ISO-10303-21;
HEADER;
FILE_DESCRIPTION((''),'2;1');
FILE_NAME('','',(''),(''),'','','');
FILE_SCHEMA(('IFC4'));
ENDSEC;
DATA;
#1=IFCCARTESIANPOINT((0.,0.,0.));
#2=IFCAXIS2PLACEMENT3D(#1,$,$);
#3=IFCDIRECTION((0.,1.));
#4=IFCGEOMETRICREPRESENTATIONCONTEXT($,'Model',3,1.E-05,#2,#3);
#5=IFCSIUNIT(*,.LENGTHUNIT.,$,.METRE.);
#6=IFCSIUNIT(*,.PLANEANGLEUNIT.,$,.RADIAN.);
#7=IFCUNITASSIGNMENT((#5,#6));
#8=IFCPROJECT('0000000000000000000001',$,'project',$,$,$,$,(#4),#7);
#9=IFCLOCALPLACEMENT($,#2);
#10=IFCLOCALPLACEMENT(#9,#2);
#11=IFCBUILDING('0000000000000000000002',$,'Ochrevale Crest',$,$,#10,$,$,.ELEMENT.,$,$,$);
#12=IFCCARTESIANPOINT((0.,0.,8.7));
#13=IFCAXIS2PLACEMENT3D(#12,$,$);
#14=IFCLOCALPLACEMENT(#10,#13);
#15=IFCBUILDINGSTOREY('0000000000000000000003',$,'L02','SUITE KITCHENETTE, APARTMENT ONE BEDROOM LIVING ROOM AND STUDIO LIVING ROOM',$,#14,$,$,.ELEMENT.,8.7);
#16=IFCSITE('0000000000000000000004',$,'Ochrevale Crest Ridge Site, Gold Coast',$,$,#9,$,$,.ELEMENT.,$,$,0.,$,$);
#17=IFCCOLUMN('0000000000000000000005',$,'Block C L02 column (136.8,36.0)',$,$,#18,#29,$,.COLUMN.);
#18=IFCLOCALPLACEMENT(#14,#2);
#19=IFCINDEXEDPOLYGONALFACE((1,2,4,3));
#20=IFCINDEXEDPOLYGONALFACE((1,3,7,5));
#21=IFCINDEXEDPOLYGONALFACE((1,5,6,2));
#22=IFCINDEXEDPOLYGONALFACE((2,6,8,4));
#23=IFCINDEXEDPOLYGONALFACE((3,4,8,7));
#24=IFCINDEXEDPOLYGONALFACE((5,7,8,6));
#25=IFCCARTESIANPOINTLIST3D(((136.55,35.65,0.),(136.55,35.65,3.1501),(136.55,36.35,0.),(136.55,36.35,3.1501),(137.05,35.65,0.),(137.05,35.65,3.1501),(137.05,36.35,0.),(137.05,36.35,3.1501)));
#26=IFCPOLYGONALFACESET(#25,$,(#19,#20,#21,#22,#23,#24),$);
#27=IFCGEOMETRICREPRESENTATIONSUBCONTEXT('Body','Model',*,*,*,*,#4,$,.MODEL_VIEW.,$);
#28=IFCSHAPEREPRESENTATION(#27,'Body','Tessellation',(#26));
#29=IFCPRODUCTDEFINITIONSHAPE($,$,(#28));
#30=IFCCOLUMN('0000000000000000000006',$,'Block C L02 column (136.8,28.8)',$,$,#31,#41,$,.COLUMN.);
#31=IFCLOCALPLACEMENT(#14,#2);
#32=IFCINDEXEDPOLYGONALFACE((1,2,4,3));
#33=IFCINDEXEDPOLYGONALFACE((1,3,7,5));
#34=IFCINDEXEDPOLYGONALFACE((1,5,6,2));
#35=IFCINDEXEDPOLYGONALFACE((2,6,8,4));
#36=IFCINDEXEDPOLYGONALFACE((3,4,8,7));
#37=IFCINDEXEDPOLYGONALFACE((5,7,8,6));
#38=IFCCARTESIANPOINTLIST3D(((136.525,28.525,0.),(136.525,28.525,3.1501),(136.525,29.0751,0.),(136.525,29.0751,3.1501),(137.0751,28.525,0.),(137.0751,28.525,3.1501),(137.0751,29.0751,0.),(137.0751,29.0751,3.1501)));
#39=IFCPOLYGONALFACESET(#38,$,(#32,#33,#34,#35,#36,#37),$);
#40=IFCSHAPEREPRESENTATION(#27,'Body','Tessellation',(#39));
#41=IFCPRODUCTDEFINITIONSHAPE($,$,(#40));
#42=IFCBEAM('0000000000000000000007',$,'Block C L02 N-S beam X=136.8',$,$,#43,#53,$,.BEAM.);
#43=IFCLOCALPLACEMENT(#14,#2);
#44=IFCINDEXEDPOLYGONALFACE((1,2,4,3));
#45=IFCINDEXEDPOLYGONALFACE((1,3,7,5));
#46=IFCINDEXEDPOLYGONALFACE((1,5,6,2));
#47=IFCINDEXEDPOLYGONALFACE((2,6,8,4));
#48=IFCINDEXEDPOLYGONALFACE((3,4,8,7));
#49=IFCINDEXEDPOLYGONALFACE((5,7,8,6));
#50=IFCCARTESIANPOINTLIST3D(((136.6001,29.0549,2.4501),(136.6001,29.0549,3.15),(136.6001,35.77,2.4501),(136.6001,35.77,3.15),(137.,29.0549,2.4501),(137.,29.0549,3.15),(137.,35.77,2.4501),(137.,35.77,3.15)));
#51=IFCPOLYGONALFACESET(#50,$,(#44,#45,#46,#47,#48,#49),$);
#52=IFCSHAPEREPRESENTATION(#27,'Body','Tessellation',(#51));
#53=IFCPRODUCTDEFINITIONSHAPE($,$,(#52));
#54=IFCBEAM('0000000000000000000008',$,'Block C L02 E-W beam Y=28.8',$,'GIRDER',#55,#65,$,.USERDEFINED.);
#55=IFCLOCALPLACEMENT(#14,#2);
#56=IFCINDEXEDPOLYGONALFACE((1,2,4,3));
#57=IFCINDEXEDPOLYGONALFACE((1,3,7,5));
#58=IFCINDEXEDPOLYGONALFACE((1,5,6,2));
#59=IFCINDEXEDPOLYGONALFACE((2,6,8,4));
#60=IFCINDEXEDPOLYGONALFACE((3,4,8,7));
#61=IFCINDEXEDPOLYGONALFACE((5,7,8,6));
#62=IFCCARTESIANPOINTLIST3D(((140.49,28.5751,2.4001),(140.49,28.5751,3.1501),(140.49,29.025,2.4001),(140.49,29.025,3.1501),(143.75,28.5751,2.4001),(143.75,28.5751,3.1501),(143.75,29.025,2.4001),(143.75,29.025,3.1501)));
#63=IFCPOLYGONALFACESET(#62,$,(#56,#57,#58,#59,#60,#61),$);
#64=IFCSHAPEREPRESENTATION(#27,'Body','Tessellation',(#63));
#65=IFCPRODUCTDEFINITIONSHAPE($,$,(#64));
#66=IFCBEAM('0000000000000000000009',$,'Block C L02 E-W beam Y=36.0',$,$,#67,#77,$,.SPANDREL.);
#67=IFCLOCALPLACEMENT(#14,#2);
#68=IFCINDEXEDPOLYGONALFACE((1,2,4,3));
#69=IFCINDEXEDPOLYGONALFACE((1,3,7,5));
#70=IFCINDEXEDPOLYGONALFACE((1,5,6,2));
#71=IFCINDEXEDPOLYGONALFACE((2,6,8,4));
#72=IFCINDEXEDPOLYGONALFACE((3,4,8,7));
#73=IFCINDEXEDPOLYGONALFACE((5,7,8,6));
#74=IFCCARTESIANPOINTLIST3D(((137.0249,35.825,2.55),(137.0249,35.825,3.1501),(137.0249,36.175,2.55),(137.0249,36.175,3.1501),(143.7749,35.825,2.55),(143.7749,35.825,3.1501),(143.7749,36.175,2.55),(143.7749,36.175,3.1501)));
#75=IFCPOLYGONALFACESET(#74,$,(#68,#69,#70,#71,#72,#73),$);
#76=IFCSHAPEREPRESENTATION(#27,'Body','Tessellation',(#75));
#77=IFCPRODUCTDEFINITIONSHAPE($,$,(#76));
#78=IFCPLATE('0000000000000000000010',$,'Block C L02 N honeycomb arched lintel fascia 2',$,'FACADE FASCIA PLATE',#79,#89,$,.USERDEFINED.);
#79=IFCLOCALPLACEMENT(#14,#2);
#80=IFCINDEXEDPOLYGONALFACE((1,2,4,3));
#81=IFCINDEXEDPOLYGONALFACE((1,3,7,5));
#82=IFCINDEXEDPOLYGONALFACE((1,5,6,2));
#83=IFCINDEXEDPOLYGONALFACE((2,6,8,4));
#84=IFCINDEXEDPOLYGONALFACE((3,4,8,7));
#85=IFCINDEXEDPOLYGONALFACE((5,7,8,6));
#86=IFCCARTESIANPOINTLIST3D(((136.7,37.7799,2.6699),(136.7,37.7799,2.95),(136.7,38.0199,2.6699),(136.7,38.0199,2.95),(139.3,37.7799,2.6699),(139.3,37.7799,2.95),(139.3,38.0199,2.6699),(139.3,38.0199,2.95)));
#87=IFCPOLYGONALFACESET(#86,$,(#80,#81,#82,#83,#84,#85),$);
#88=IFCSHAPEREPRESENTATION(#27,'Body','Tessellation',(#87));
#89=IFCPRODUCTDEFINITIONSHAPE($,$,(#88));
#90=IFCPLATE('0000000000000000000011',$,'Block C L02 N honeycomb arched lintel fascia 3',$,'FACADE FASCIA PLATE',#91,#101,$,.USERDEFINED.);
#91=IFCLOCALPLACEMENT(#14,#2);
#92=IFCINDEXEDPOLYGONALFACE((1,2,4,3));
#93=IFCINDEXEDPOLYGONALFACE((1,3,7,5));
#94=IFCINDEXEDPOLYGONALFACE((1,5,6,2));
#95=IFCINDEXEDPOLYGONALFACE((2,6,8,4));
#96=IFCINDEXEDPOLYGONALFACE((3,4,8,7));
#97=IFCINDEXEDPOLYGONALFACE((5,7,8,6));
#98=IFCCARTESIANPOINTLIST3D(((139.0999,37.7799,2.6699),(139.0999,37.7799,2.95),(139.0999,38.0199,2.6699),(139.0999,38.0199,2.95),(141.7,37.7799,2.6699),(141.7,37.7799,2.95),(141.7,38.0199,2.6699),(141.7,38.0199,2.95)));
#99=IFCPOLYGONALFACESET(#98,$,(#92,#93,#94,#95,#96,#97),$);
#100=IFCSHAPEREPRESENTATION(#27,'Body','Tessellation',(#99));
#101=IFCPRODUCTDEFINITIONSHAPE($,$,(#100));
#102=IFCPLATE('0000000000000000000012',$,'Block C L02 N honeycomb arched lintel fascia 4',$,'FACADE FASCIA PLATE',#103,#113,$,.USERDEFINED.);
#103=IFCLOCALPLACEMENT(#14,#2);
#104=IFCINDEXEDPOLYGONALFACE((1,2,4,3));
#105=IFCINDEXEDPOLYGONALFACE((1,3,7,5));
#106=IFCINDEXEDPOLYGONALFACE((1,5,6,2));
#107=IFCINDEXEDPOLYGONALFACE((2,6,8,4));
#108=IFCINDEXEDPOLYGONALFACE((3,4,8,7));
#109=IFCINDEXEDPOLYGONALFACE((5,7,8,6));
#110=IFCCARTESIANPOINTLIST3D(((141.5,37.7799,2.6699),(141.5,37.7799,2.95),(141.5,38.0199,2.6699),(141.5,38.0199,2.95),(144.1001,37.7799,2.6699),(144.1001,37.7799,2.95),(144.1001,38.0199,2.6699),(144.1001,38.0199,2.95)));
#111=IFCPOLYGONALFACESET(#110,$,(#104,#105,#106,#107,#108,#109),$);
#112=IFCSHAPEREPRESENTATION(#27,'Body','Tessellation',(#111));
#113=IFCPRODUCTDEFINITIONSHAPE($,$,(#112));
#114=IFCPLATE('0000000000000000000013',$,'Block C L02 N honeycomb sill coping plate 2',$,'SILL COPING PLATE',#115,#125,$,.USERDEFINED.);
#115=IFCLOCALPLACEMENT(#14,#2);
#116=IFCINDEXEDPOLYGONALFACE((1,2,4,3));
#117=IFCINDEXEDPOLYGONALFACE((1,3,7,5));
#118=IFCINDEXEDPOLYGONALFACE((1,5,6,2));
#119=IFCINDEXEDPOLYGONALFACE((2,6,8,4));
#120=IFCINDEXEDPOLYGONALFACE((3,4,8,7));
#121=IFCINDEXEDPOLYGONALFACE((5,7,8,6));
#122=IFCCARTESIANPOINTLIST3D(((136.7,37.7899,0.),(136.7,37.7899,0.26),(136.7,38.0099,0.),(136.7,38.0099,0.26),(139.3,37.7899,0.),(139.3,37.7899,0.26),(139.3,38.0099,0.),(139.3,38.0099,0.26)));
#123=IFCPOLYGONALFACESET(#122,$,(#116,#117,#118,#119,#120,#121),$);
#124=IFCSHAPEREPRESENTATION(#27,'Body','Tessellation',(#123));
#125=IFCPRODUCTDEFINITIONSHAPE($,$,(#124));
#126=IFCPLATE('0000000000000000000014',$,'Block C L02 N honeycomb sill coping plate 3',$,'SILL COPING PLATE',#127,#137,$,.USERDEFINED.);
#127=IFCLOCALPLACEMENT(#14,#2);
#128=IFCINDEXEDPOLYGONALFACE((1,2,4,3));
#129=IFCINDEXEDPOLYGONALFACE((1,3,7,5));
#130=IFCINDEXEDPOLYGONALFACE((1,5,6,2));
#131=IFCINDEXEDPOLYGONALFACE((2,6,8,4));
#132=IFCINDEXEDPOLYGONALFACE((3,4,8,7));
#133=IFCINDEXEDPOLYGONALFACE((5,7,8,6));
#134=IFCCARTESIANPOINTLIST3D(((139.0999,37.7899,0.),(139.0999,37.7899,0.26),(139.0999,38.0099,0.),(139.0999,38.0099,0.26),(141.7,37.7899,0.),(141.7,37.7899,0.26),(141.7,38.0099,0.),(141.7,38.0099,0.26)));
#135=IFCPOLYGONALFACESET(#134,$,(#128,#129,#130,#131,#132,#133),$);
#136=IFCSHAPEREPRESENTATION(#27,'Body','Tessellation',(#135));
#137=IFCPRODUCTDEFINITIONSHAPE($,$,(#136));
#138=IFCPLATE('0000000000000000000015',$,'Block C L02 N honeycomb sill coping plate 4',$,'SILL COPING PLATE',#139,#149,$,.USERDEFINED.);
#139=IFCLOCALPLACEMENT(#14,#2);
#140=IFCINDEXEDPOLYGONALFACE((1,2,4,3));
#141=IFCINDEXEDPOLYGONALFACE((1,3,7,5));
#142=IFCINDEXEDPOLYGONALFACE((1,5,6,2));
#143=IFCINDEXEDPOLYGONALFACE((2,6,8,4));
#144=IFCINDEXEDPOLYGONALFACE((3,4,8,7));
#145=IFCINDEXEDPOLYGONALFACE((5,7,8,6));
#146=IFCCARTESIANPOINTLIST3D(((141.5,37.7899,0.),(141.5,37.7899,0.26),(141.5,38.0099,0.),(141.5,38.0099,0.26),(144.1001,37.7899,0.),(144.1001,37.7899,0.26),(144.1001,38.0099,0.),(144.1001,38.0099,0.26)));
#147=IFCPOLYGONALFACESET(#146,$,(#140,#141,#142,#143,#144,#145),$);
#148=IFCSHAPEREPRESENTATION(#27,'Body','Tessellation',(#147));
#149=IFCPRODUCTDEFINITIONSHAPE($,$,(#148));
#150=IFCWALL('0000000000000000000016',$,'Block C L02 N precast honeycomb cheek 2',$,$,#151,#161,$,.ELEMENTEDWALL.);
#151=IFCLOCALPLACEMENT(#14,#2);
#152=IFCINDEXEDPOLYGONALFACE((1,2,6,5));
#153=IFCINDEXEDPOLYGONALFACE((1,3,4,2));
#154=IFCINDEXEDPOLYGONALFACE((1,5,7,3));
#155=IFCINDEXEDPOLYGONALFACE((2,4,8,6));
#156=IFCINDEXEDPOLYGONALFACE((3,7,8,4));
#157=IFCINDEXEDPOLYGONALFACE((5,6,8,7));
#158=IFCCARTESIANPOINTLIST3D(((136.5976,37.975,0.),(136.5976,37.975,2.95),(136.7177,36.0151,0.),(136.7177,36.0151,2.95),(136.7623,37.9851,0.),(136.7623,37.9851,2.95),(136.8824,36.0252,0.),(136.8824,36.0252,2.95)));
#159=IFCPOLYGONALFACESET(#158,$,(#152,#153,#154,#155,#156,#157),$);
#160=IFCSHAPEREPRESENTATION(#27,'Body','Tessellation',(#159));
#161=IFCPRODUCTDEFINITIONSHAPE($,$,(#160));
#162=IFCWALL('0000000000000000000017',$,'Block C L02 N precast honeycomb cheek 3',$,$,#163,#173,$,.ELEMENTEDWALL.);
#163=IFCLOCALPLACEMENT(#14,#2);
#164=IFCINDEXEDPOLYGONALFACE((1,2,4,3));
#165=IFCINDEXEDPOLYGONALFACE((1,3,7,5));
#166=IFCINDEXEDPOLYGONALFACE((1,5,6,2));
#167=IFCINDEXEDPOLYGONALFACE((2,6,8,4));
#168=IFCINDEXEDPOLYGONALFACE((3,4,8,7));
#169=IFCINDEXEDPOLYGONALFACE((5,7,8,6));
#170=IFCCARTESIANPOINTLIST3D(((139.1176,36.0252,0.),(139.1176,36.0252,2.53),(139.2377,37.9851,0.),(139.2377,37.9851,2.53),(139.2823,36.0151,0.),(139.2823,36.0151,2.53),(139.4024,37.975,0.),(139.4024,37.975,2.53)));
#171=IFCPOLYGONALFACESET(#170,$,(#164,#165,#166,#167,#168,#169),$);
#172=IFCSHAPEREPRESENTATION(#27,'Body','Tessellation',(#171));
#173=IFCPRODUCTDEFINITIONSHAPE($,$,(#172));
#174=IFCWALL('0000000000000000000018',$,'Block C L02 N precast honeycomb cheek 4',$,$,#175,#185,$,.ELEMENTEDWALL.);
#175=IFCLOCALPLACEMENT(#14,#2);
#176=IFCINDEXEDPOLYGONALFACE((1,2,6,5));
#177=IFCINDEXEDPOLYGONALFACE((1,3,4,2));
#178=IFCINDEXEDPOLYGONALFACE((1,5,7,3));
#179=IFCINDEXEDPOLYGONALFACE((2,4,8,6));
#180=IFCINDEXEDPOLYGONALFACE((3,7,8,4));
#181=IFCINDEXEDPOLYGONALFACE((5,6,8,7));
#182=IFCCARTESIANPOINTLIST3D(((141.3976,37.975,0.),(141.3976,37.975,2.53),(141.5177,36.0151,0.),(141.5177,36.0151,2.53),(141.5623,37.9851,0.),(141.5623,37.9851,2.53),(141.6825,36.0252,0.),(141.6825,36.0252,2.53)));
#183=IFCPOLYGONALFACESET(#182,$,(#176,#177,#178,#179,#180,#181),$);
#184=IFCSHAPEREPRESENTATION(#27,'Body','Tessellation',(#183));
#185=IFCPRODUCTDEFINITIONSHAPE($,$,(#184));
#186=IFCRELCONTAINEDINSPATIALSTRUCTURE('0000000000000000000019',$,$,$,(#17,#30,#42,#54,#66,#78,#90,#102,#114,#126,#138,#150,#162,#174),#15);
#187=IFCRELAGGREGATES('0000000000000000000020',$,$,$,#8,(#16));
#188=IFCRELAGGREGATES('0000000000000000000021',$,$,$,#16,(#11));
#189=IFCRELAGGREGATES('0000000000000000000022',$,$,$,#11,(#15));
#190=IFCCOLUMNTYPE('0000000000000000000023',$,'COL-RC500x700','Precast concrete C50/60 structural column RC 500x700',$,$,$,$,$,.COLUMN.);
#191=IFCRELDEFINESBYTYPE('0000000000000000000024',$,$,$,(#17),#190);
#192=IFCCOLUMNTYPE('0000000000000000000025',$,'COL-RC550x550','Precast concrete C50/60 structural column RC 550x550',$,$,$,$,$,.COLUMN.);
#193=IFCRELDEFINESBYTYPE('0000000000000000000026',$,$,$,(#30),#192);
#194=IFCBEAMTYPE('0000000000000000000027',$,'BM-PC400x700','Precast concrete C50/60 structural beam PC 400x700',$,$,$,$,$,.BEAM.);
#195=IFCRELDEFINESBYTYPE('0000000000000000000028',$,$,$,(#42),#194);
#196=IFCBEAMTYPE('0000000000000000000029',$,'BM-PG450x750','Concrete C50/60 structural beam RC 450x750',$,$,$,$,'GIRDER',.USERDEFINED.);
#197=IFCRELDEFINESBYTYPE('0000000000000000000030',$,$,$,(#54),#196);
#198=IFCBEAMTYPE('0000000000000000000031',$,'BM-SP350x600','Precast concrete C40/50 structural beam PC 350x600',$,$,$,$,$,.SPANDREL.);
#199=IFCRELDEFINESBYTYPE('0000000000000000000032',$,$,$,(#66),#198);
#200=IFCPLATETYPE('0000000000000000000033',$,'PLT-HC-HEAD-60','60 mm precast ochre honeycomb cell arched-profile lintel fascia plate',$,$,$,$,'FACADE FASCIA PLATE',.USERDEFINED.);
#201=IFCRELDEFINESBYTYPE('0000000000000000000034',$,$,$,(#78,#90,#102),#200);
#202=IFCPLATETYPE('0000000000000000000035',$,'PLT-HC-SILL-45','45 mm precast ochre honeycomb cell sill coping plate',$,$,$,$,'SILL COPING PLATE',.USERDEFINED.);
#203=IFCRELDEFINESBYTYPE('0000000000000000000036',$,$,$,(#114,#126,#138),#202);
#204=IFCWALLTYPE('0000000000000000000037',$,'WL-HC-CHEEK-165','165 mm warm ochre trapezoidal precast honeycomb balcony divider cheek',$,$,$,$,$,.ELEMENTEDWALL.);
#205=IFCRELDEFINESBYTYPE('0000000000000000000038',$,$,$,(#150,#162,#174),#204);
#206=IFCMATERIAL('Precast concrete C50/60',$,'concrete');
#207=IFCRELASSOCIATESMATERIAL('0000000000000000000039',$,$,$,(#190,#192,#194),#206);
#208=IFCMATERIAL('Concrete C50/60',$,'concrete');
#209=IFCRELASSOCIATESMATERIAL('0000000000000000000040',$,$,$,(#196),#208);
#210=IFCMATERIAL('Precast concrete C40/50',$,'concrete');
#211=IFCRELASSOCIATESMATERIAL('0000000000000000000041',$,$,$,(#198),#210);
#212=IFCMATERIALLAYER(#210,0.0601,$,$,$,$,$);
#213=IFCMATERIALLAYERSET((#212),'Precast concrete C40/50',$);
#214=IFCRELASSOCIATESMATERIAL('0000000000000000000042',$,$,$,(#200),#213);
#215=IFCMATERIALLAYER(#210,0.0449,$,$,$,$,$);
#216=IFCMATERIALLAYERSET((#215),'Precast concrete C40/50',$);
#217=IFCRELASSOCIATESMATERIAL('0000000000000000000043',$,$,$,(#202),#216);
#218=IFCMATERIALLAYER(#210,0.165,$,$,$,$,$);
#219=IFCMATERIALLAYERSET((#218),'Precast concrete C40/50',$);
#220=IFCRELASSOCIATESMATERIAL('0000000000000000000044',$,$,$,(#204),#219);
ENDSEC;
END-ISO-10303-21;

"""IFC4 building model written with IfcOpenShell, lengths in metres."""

from ifc_helpers import new_model, si_unit, direction, frame, frame_2d, origin, origin_2d, place, context, subcontext, project, spatial, rectangle, extrude, material, layer, layer_set, material_profile, profile_set, type_object, element, save


model = new_model("IFC4")

# Units and contexts
model_context = context("Model", 3, precision=1e-05, world=origin(), true_north=direction((0.0, 1.0)))
body_context = subcontext(model_context, "Body", "Model", "MODEL_VIEW")
ifc_project = project(units=[si_unit("LENGTHUNIT", "METRE"), si_unit("PLANEANGLEUNIT", "RADIAN")], contexts=[model_context])

# Site, building, storey
site_placement = place(None, origin())
site = spatial("IfcSite", under=ifc_project, at=site_placement, Name="Ochrevale Crest Ridge Site, Gold Coast", CompositionType="ELEMENT", RefElevation=0.0)
building_placement = place(site_placement, origin())
building = spatial("IfcBuilding", under=site, at=building_placement, Name="Ochrevale Crest", CompositionType="ELEMENT")
storey_placement = place(building_placement, frame((0.0, 0.0, 8.7)))
storey = spatial("IfcBuildingStorey", under=building, at=storey_placement, Name="L02", Description="SUITE KITCHENETTE, APARTMENT ONE BEDROOM LIVING ROOM AND STUDIO LIVING ROOM", CompositionType="ELEMENT", Elevation=8.7)

# Columns
ifc_material_1 = material(Name="Precast concrete C50/60", Category="concrete")
ifc_material_profile_1 = material_profile(ifc_material_1, rectangle(XDim=0.5, YDim=0.7, at=origin_2d()), Name="RC 500x700")
ifc_profile_set_1 = profile_set([ifc_material_profile_1], Name="Precast concrete C50/60")
column_type_1 = type_object("IfcColumnType", Name="COL-RC500x700", Description="Precast concrete C50/60 structural column RC 500x700", PredefinedType="COLUMN", material=ifc_profile_set_1)
column_1_placement = place(storey_placement, frame((136.8, 36.0, 0.0), z_axis=(0.0, 0.0, 1.0), x_axis=(1.0, 0.0, 0.0)))
element("IfcColumn", 1, at=column_1_placement, inside=storey, type_object=column_type_1, Name="Block C L02 column (136.8,36.0)", PredefinedType="COLUMN", context=body_context, shape_type="SweptSolid", body=[
    extrude(rectangle(XDim=0.5, YDim=0.7, at=origin_2d()), origin(), (0.0, 0.0, 1.0), 3.1501),
])
ifc_material_profile_2 = material_profile(ifc_material_1, rectangle(XDim=0.55, YDim=0.55, at=origin_2d()), Name="RC 550x550")
ifc_profile_set_2 = profile_set([ifc_material_profile_2], Name="Precast concrete C50/60")
column_type_2 = type_object("IfcColumnType", Name="COL-RC550x550", Description="Precast concrete C50/60 structural column RC 550x550", PredefinedType="COLUMN", material=ifc_profile_set_2)
column_2_placement = place(storey_placement, frame((136.8, 28.8, 0.0), z_axis=(0.0, 0.0, 1.0), x_axis=(1.0, 0.0, 0.0)))
element("IfcColumn", 2, at=column_2_placement, inside=storey, type_object=column_type_2, Name="Block C L02 column (136.8,28.8)", PredefinedType="COLUMN", context=body_context, shape_type="SweptSolid", body=[
    extrude(rectangle(XDim=0.55, YDim=0.55, at=origin_2d()), origin(), (0.0, 0.0, 1.0), 3.1501),
])

# Beams
ifc_material_profile_3 = material_profile(ifc_material_1, rectangle(XDim=0.3999, YDim=0.7, at=origin_2d()), Name="PC 400x700")
ifc_profile_set_3 = profile_set([ifc_material_profile_3], Name="Precast concrete C50/60")
beam_type_1 = type_object("IfcBeamType", Name="BM-PC400x700", Description="Precast concrete C50/60 structural beam PC 400x700", PredefinedType="BEAM", material=ifc_profile_set_3)
beam_1_placement = place(storey_placement, frame((136.8, 29.0549, 2.8), z_axis=(0.0, 1.0, 0.0), x_axis=(-1.0, 0.0, 0.0)))
element("IfcBeam", 3, at=beam_1_placement, inside=storey, type_object=beam_type_1, Name="Block C L02 N-S beam X=136.8", PredefinedType="BEAM", context=body_context, shape_type="SweptSolid", body=[
    extrude(rectangle(XDim=0.3999, YDim=0.7, at=origin_2d()), origin(), (0.0, 0.0, 1.0), 6.7151),
])
ifc_material_2 = material(Name="Concrete C50/60", Category="concrete")
ifc_material_profile_4 = material_profile(ifc_material_2, rectangle(XDim=0.45, YDim=0.75, at=origin_2d()), Name="RC 450x750")
ifc_profile_set_4 = profile_set([ifc_material_profile_4], Name="Concrete C50/60")
beam_type_2 = type_object("IfcBeamType", Name="BM-PG450x750", Description="Concrete C50/60 structural beam RC 450x750", ElementType="GIRDER", PredefinedType="USERDEFINED", material=ifc_profile_set_4)
beam_2_placement = place(storey_placement, frame((140.49, 28.8, 2.7751), z_axis=(1.0, 0.0, 0.0), x_axis=(0.0, 1.0, 0.0)))
element("IfcBeam", 4, at=beam_2_placement, inside=storey, type_object=beam_type_2, Name="Block C L02 E-W beam Y=28.8", ObjectType="GIRDER", PredefinedType="USERDEFINED", context=body_context, shape_type="SweptSolid", body=[
    extrude(rectangle(XDim=0.45, YDim=0.75, at=origin_2d()), origin(), (0.0, 0.0, 1.0), 3.26),
])
ifc_material_3 = material(Name="Precast concrete C40/50", Category="concrete")
ifc_material_profile_5 = material_profile(ifc_material_3, rectangle(XDim=0.3501, YDim=0.6001, at=origin_2d()), Name="PC 350x600")
ifc_profile_set_5 = profile_set([ifc_material_profile_5], Name="Precast concrete C40/50")
beam_type_3 = type_object("IfcBeamType", Name="BM-SP350x600", Description="Precast concrete C40/50 structural beam PC 350x600", PredefinedType="SPANDREL", material=ifc_profile_set_5)
beam_3_placement = place(storey_placement, frame((137.0249, 36.0, 2.8501), z_axis=(1.0, 0.0, 0.0), x_axis=(0.0, 1.0, 0.0)))
element("IfcBeam", 5, at=beam_3_placement, inside=storey, type_object=beam_type_3, Name="Block C L02 E-W beam Y=36.0", PredefinedType="SPANDREL", context=body_context, shape_type="SweptSolid", body=[
    extrude(rectangle(XDim=0.3501, YDim=0.6001, at=origin_2d()), origin(), (0.0, 0.0, 1.0), 6.75),
])

# Plates
ifc_layer_1 = layer(ifc_material_3, 0.0601)
ifc_layer_set_1 = layer_set([ifc_layer_1], Name="Precast concrete C40/50")
plate_type_1 = type_object("IfcPlateType", Name="PLT-HC-HEAD-60", Description="60 mm precast ochre honeycomb cell arched-profile lintel fascia plate", ElementType="FACADE FASCIA PLATE", PredefinedType="USERDEFINED", material=ifc_layer_set_1)
for number, where, z_axis, x_axis, name in (
    (6, (138.0, 37.8999, 2.6699), (0.0, 0.0, 1.0), (1.0, 0.0, 0.0), "Block C L02 N honeycomb arched lintel fascia 2"),
    (7, (140.3999, 37.8999, 2.6699), (0.0, 0.0, 1.0), (1.0, 0.0, 0.0), "Block C L02 N honeycomb arched lintel fascia 3"),
    (8, (142.8, 37.8999, 2.6699), (0.0, 0.0, 1.0), (1.0, 0.0, 0.0), "Block C L02 N honeycomb arched lintel fascia 4"),
):
    element("IfcPlate", number, at=place(storey_placement, frame(where, z_axis=z_axis, x_axis=x_axis)), inside=storey, type_object=plate_type_1, Name=name, ObjectType="FACADE FASCIA PLATE", PredefinedType="USERDEFINED", context=body_context, shape_type="SweptSolid", body=[
        extrude(rectangle(XDim=2.6001, YDim=0.24, at=origin_2d()), origin(), (0.0, 0.0, 1.0), 0.28),
    ])
ifc_layer_2 = layer(ifc_material_3, 0.0449)
ifc_layer_set_2 = layer_set([ifc_layer_2], Name="Precast concrete C40/50")
plate_type_2 = type_object("IfcPlateType", Name="PLT-HC-SILL-45", Description="45 mm precast ochre honeycomb cell sill coping plate", ElementType="SILL COPING PLATE", PredefinedType="USERDEFINED", material=ifc_layer_set_2)
for number, where, z_axis, x_axis, name in (
    (9, (138.0, 37.8999, 0.0), (0.0, 0.0, 1.0), (1.0, 0.0, 0.0), "Block C L02 N honeycomb sill coping plate 2"),
    (10, (140.3999, 37.8999, 0.0), (0.0, 0.0, 1.0), (1.0, 0.0, 0.0), "Block C L02 N honeycomb sill coping plate 3"),
    (11, (142.8, 37.8999, 0.0), (0.0, 0.0, 1.0), (1.0, 0.0, 0.0), "Block C L02 N honeycomb sill coping plate 4"),
):
    element("IfcPlate", number, at=place(storey_placement, frame(where, z_axis=z_axis, x_axis=x_axis)), inside=storey, type_object=plate_type_2, Name=name, ObjectType="SILL COPING PLATE", PredefinedType="USERDEFINED", context=body_context, shape_type="SweptSolid", body=[
        extrude(rectangle(XDim=2.6001, YDim=0.22, at=origin_2d()), origin(), (0.0, 0.0, 1.0), 0.26),
    ])

# Walls
ifc_layer_3 = layer(ifc_material_3, 0.165)
ifc_layer_set_3 = layer_set([ifc_layer_3], Name="Precast concrete C40/50")
wall_type_1 = type_object("IfcWallType", Name="WL-HC-CHEEK-165", Description="165 mm warm ochre trapezoidal precast honeycomb balcony divider cheek", PredefinedType="ELEMENTEDWALL", material=ifc_layer_set_3)
wall_1_placement = place(storey_placement, frame((136.8, 36.02, 0.0), z_axis=(0.0, 0.0, 1.0), x_axis=(-0.061171, 0.998127, 0.0)))
element("IfcWall", 12, at=wall_1_placement, inside=storey, type_object=wall_type_1, Name="Block C L02 N precast honeycomb cheek 2", PredefinedType="ELEMENTEDWALL", context=body_context, shape_type="SweptSolid", body=[
    extrude(rectangle(XDim=1.9636, YDim=0.165, at=frame_2d((0.9819, 0.0))), origin(), (0.0, 0.0, 1.0), 2.95),
])
for number, where, z_axis, x_axis, name in (
    (13, (139.2, 36.02, 0.0), (0.0, 0.0, 1.0), (0.061171, 0.998127, 0.0), "Block C L02 N precast honeycomb cheek 3"),
    (14, (141.6001, 36.02, 0.0), (0.0, 0.0, 1.0), (-0.061171, 0.998127, 0.0), "Block C L02 N precast honeycomb cheek 4"),
):
    element("IfcWall", number, at=place(storey_placement, frame(where, z_axis=z_axis, x_axis=x_axis)), inside=storey, type_object=wall_type_1, Name=name, PredefinedType="ELEMENTEDWALL", context=body_context, shape_type="SweptSolid", body=[
        extrude(rectangle(XDim=1.9636, YDim=0.165, at=frame_2d((0.9819, 0.0))), origin(), (0.0, 0.0, 1.0), 2.53),
    ])

save(model, "model.ifc")
